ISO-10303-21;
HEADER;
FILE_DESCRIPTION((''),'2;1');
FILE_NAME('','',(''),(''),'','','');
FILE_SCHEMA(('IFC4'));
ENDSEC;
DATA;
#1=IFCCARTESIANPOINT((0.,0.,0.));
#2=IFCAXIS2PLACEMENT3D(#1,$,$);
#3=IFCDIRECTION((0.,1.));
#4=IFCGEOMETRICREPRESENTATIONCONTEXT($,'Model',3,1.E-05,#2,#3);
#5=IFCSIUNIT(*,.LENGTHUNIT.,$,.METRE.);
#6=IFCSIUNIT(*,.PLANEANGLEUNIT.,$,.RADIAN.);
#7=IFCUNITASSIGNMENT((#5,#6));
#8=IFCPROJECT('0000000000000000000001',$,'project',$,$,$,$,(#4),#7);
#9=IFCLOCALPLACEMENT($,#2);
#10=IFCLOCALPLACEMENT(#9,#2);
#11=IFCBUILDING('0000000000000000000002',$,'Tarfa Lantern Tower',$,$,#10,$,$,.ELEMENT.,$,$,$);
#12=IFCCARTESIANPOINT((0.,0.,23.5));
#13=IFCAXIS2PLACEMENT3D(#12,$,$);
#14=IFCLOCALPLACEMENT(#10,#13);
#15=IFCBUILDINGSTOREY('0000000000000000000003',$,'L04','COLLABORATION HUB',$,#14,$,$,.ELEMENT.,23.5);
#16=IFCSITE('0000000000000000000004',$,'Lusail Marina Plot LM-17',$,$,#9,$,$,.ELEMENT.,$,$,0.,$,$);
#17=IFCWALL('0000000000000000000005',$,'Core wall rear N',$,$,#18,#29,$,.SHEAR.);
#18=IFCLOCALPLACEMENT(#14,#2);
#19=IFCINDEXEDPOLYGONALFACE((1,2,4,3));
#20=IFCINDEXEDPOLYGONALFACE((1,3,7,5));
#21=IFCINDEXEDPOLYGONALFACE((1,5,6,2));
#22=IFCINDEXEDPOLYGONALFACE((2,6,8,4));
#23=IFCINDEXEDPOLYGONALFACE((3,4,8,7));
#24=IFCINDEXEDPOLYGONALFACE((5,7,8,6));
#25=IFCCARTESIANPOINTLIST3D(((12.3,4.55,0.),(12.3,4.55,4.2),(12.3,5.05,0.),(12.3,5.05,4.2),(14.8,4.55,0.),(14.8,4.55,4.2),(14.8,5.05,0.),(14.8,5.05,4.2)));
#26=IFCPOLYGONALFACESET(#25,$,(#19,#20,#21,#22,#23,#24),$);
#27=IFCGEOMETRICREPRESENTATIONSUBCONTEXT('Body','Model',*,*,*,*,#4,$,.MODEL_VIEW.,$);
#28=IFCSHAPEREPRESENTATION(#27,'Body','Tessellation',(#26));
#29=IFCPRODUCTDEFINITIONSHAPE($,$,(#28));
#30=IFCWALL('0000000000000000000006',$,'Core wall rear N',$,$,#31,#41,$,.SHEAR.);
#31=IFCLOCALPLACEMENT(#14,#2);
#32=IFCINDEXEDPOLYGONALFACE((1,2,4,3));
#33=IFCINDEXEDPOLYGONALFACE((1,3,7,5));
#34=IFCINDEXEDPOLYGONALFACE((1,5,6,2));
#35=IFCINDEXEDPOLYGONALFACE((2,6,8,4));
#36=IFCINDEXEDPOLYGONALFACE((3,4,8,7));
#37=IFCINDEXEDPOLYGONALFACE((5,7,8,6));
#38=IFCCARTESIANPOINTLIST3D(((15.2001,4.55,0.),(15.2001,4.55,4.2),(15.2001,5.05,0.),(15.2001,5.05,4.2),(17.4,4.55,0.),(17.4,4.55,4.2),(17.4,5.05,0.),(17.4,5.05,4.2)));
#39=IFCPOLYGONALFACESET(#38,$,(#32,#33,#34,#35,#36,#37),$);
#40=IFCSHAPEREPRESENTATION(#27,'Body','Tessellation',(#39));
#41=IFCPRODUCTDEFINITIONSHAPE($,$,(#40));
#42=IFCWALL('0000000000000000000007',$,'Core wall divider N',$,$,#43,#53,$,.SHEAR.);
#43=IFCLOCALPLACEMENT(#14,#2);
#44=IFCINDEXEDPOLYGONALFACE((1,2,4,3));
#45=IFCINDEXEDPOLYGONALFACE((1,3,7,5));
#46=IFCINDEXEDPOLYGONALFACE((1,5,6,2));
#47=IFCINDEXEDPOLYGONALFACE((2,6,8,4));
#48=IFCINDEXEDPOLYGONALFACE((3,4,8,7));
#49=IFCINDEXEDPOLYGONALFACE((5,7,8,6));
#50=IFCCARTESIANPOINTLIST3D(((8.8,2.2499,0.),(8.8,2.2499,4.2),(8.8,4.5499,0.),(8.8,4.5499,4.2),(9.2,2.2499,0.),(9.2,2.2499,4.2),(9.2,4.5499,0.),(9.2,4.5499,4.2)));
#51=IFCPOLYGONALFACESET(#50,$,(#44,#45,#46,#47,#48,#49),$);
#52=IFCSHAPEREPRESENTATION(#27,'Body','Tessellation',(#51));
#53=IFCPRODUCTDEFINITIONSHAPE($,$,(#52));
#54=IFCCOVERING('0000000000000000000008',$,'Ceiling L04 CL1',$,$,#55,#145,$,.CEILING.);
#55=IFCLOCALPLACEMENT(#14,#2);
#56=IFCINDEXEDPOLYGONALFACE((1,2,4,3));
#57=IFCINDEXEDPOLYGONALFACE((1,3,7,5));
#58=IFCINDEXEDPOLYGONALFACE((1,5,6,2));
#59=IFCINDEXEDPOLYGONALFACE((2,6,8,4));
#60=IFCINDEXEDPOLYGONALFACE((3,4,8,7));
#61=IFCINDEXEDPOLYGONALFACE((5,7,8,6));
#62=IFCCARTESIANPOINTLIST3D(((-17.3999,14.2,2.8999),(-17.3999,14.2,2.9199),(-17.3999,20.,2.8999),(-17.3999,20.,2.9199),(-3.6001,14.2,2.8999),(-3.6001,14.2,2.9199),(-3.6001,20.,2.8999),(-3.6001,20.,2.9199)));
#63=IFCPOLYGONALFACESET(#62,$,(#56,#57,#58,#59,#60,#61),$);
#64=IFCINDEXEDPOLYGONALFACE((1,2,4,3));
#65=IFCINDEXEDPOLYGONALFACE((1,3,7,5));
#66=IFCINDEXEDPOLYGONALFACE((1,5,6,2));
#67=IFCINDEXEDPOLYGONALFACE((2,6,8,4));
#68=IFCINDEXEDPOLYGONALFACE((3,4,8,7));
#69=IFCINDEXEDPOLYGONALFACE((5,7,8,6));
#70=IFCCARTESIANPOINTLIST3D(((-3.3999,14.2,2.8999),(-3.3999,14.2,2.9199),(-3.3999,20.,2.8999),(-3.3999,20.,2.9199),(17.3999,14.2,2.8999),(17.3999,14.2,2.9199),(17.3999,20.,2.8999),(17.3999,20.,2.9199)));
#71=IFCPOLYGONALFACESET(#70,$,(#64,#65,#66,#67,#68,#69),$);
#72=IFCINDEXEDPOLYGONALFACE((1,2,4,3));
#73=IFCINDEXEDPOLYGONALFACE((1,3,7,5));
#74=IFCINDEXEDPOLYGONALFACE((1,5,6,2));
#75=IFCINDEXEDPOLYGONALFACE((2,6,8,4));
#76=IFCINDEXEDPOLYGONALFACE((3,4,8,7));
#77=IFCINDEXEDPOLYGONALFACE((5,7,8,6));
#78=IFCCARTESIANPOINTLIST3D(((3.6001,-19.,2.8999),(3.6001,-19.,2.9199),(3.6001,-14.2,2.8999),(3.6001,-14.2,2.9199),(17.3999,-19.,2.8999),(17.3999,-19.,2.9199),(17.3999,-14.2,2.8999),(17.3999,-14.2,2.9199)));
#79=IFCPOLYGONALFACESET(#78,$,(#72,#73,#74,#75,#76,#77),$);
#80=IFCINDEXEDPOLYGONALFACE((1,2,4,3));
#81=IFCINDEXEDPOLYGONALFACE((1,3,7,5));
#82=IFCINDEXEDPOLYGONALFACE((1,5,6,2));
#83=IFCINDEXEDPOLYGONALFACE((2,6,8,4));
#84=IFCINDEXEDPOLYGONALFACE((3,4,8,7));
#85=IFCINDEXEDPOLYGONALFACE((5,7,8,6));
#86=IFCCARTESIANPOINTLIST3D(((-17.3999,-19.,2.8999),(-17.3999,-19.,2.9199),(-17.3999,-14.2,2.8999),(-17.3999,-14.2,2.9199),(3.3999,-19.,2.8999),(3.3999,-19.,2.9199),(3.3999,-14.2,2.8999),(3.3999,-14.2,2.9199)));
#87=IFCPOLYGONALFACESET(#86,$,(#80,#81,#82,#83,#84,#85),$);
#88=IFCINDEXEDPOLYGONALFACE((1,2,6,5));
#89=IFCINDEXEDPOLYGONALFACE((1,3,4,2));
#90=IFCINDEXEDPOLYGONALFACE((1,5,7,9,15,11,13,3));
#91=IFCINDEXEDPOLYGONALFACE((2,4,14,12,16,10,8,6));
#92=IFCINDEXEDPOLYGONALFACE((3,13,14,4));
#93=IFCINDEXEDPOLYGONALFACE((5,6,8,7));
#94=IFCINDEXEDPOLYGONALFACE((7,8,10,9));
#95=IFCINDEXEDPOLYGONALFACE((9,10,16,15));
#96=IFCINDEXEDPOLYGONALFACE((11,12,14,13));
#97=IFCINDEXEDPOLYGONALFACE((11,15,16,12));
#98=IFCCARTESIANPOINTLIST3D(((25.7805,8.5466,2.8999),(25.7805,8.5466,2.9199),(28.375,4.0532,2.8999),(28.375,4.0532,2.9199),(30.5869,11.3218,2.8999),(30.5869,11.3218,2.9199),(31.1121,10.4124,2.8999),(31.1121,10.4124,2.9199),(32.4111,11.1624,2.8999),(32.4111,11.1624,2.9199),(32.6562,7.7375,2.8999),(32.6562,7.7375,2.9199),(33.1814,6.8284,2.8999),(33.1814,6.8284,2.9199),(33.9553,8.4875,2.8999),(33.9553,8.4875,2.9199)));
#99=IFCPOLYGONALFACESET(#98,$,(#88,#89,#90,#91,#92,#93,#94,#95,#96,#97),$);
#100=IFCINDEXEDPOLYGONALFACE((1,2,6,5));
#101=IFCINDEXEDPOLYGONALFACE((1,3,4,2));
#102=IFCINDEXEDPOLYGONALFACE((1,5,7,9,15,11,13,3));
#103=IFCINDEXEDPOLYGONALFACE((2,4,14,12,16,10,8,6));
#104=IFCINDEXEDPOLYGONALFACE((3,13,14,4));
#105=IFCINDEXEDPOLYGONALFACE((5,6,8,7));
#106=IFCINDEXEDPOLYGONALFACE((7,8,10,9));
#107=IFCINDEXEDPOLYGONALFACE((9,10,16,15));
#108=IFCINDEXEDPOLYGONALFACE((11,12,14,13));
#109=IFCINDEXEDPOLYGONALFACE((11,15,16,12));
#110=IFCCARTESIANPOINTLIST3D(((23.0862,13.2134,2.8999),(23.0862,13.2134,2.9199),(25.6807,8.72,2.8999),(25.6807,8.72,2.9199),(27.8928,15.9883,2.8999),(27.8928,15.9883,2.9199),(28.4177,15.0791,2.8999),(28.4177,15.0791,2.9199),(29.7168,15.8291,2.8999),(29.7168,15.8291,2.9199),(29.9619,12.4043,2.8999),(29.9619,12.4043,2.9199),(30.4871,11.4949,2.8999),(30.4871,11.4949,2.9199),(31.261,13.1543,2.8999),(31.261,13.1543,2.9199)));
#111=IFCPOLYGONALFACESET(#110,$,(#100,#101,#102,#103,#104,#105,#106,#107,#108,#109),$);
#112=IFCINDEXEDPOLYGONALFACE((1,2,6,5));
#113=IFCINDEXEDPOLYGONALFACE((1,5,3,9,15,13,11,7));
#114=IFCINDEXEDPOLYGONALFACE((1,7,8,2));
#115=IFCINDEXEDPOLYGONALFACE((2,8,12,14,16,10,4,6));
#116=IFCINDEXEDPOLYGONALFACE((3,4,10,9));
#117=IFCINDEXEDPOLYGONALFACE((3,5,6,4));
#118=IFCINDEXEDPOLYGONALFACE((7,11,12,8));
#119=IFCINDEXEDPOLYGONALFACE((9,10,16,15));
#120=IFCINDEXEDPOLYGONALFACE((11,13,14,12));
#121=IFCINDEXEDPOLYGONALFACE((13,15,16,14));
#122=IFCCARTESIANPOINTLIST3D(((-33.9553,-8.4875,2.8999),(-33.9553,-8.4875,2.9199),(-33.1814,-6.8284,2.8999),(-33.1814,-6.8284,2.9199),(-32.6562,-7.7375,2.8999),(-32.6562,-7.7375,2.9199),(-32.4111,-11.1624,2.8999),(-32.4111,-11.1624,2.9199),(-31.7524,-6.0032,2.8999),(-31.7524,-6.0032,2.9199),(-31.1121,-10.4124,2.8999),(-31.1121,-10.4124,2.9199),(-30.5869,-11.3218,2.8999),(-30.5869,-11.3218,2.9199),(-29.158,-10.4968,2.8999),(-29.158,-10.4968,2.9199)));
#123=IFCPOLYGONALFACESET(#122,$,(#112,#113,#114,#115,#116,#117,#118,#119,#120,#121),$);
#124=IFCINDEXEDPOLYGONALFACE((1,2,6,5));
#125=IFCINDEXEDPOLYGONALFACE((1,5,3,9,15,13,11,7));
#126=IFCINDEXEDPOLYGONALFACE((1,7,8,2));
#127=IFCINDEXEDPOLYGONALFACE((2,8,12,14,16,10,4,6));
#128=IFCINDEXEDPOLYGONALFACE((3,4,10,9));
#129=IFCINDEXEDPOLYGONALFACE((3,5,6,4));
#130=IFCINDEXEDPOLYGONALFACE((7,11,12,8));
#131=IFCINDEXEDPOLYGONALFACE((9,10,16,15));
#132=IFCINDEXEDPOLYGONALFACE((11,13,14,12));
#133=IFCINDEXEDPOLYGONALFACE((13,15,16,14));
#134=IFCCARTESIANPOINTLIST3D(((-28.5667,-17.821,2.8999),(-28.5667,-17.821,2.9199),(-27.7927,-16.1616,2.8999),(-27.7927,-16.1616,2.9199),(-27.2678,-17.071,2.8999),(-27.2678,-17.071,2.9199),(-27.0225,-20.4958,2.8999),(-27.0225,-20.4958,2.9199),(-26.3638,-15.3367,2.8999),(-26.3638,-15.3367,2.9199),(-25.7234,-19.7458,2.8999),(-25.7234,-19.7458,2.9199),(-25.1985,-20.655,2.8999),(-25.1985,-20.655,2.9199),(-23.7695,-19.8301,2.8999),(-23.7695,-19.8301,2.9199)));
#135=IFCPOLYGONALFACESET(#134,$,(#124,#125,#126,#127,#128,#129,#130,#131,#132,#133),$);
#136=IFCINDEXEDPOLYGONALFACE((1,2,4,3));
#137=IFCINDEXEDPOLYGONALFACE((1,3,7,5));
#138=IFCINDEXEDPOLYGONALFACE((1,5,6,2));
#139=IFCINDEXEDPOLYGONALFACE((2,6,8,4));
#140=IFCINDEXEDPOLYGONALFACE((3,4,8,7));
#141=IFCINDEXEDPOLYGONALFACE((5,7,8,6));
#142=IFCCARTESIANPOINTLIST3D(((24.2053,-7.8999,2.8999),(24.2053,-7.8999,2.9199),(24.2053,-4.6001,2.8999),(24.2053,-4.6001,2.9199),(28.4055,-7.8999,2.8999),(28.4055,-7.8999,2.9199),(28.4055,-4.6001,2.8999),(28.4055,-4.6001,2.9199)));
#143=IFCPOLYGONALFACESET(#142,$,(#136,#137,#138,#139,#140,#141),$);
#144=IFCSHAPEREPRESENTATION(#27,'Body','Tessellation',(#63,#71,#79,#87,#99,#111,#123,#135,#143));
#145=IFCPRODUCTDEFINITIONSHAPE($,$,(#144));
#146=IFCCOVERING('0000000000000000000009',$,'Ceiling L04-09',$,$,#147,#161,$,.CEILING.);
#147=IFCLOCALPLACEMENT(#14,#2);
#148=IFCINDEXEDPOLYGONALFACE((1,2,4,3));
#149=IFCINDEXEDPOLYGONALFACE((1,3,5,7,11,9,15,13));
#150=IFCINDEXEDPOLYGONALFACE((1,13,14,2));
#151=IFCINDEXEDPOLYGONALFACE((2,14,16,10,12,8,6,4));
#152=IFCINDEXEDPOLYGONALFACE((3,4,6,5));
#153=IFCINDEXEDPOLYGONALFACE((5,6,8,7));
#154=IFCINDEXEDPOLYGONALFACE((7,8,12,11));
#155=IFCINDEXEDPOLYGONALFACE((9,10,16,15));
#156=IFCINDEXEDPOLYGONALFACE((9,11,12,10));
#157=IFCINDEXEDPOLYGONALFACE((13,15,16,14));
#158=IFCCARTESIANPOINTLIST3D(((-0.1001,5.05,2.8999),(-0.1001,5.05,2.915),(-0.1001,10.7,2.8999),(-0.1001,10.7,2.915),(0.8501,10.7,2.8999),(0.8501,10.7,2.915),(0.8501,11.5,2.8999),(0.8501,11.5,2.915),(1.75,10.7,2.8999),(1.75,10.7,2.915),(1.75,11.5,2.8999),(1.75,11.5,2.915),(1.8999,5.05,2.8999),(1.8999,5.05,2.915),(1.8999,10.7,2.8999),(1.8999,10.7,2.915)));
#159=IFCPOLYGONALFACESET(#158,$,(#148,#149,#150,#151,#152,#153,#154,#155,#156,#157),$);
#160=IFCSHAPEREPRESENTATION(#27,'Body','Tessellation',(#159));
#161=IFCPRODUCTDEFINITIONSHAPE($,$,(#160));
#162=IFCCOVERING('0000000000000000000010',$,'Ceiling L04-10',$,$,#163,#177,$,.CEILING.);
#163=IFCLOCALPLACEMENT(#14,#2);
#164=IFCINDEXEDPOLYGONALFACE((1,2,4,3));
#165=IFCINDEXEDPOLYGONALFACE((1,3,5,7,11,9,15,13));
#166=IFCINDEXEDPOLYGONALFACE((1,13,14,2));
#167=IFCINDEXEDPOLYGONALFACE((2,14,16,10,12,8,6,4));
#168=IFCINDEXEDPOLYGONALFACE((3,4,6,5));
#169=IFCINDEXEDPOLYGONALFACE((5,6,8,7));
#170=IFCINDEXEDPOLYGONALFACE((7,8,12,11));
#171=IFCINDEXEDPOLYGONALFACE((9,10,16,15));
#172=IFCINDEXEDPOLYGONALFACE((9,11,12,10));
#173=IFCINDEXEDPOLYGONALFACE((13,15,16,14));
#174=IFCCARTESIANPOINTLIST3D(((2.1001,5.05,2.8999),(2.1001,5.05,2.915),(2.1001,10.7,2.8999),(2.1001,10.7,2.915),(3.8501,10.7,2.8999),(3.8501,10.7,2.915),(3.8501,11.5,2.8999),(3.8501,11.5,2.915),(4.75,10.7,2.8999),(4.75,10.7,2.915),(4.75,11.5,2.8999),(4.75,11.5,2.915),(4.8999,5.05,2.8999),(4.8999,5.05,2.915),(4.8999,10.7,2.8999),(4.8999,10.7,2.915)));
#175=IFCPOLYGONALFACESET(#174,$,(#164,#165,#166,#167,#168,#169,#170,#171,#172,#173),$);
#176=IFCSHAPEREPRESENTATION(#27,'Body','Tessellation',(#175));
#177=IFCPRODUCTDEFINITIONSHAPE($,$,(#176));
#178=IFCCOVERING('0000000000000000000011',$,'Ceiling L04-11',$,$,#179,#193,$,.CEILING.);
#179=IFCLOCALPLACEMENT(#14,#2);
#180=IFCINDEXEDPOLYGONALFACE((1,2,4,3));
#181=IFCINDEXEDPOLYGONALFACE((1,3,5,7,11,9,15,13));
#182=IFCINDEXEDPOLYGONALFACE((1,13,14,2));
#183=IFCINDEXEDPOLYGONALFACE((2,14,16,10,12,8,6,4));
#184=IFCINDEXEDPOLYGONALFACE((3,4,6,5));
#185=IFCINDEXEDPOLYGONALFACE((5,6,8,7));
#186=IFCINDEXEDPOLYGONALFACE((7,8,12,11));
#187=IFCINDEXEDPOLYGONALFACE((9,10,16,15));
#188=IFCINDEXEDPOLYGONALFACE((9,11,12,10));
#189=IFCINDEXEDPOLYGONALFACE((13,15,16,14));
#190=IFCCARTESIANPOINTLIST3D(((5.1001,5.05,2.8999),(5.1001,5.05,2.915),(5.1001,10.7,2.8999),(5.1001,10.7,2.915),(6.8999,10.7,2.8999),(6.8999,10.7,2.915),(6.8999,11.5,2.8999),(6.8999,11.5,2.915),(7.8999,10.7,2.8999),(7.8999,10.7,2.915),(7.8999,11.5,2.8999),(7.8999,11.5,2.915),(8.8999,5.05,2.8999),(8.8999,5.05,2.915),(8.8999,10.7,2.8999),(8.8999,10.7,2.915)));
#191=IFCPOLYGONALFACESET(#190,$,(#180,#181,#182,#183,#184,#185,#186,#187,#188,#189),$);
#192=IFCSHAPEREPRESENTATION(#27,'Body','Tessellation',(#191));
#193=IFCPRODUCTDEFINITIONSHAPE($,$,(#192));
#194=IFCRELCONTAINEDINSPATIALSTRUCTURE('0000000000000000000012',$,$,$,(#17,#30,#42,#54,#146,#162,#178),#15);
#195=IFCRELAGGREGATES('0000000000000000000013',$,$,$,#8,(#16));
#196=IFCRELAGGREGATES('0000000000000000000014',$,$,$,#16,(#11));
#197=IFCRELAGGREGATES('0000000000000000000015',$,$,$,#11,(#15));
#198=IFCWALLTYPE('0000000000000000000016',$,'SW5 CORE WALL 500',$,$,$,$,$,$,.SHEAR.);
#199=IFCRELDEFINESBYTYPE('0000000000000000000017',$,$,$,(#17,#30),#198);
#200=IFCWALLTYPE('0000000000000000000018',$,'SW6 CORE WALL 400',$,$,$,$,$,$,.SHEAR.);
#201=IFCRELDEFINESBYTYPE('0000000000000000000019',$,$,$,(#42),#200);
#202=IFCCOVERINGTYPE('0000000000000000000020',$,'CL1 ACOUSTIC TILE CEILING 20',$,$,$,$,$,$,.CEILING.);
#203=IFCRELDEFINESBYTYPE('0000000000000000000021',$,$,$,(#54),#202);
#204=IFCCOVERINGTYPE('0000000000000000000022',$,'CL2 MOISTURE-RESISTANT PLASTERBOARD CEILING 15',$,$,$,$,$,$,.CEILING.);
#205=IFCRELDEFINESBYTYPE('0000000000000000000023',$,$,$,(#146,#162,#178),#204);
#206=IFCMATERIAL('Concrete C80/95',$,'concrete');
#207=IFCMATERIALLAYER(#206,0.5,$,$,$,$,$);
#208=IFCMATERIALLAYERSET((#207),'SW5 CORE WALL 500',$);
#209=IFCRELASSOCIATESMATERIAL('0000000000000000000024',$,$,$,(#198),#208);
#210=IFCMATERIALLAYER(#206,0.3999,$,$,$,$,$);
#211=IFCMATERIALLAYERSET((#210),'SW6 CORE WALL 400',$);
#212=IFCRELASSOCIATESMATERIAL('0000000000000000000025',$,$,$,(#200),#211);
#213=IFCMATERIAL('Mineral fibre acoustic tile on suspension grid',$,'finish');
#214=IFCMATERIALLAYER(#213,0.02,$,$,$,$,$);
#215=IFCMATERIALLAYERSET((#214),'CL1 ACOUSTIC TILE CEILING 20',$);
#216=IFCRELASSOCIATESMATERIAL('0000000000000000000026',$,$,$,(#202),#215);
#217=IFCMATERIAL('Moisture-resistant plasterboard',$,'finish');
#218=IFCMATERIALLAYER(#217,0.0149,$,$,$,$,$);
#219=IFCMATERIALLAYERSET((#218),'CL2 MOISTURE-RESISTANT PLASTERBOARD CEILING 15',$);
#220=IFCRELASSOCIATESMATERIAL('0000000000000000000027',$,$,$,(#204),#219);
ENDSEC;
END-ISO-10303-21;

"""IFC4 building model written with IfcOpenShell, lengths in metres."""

from ifc_helpers import new_model, si_unit, direction, frame, frame_2d, origin, place, context, subcontext, project, spatial, polyline, rectangle, outline, extrude, material, layer, layer_set, type_object, element, save


model = new_model("IFC4")

# Units and contexts
model_context = context("Model", 3, precision=1e-05, world=origin(), true_north=direction((0.0, 1.0)))
body_context = subcontext(model_context, "Body", "Model", "MODEL_VIEW")
ifc_project = project(units=[si_unit("LENGTHUNIT", "METRE"), si_unit("PLANEANGLEUNIT", "RADIAN")], contexts=[model_context])

# Site, building, storey
site_placement = place(None, origin())
site = spatial("IfcSite", under=ifc_project, at=site_placement, Name="Lusail Marina Plot LM-17", CompositionType="ELEMENT", RefElevation=0.0)
building_placement = place(site_placement, origin())
building = spatial("IfcBuilding", under=site, at=building_placement, Name="Tarfa Lantern Tower", CompositionType="ELEMENT")
storey_placement = place(building_placement, frame((0.0, 0.0, 23.5)))
storey = spatial("IfcBuildingStorey", under=building, at=storey_placement, Name="L04", Description="COLLABORATION HUB", CompositionType="ELEMENT", Elevation=23.5)

# Walls
ifc_material_1 = material(Name="Concrete C80/95", Category="concrete")
ifc_layer_1 = layer(ifc_material_1, 0.5)
ifc_layer_set_1 = layer_set([ifc_layer_1], Name="SW5 CORE WALL 500")
wall_type_1 = type_object("IfcWallType", Name="SW5 CORE WALL 500", PredefinedType="SHEAR", material=ifc_layer_set_1)
wall_1_placement = place(storey_placement, frame((12.3, 4.8, 0.0), z_axis=(0.0, 0.0, 1.0), x_axis=(1.0, 0.0, 0.0)))
element("IfcWall", 1, at=wall_1_placement, inside=storey, type_object=wall_type_1, Name="Core wall rear N", PredefinedType="SHEAR", context=body_context, shape_type="SweptSolid", body=[
    extrude(rectangle(XDim=2.5, YDim=0.5, at=frame_2d((1.25, 0.0))), origin(), (0.0, 0.0, 1.0), 4.2),
])
wall_2_placement = place(storey_placement, frame((15.2, 4.8, 0.0), z_axis=(0.0, 0.0, 1.0), x_axis=(1.0, 0.0, 0.0)))
element("IfcWall", 2, at=wall_2_placement, inside=storey, type_object=wall_type_1, Name="Core wall rear N", PredefinedType="SHEAR", context=body_context, shape_type="SweptSolid", body=[
    extrude(rectangle(XDim=2.2, YDim=0.5, at=frame_2d((1.1001, 0.0))), origin(), (0.0, 0.0, 1.0), 4.2),
])
ifc_layer_2 = layer(ifc_material_1, 0.3999)
ifc_layer_set_2 = layer_set([ifc_layer_2], Name="SW6 CORE WALL 400")
wall_type_2 = type_object("IfcWallType", Name="SW6 CORE WALL 400", PredefinedType="SHEAR", material=ifc_layer_set_2)
wall_3_placement = place(storey_placement, frame((9.0, 2.25, 0.0), z_axis=(0.0, 0.0, 1.0), x_axis=(0.0, 1.0, 0.0)))
element("IfcWall", 3, at=wall_3_placement, inside=storey, type_object=wall_type_2, Name="Core wall divider N", PredefinedType="SHEAR", context=body_context, shape_type="SweptSolid", body=[
    extrude(rectangle(XDim=2.3, YDim=0.3999, at=frame_2d((1.1499, 0.0))), origin(), (0.0, 0.0, 1.0), 4.2),
])

# Coverings
ifc_material_2 = material(Name="Mineral fibre acoustic tile on suspension grid", Category="finish")
ifc_layer_3 = layer(ifc_material_2, 0.02)
ifc_layer_set_3 = layer_set([ifc_layer_3], Name="CL1 ACOUSTIC TILE CEILING 20")
covering_type_1 = type_object("IfcCoveringType", Name="CL1 ACOUSTIC TILE CEILING 20", PredefinedType="CEILING", material=ifc_layer_set_3)
covering_1_placement = place(storey_placement, frame((0.0, 0.0, 2.8999)))
element("IfcCovering", 4, at=covering_1_placement, inside=storey, type_object=covering_type_1, Name="Ceiling L04 CL1", PredefinedType="CEILING", context=body_context, shape_type="SweptSolid", body=[
    extrude(outline(polyline([(-17.3999, 20.0), (-3.6001, 20.0), (-3.6001, 14.2), (-17.3999, 14.2), (-17.3999, 20.0)])), origin(), (0.0, 0.0, 1.0), 0.02),
    extrude(outline(polyline([(-3.3999, 20.0), (17.3999, 20.0), (17.3999, 14.2), (-3.3999, 14.2), (-3.3999, 20.0)])), origin(), (0.0, 0.0, 1.0), 0.02),
    extrude(outline(polyline([(3.6001, -14.2), (17.3999, -14.2), (17.3999, -19.0), (3.6001, -19.0), (3.6001, -14.2)])), origin(), (0.0, 0.0, 1.0), 0.02),
    extrude(outline(polyline([(-17.3999, -14.2), (3.3999, -14.2), (3.3999, -19.0), (-17.3999, -19.0), (-17.3999, -14.2)])), origin(), (0.0, 0.0, 1.0), 0.02),
    extrude(outline(polyline([(25.7805, 8.5466), (30.5869, 11.3218), (31.1121, 10.4124), (32.4111, 11.1624), (33.9553, 8.4875), (32.6562, 7.7375), (33.1814, 6.8284), (28.375, 4.0532), (25.7805, 8.5466)])), origin(), (0.0, 0.0, 1.0), 0.02),
    extrude(outline(polyline([(23.0862, 13.2134), (27.8928, 15.9883), (28.4177, 15.0791), (29.7168, 15.8291), (31.261, 13.1543), (29.9619, 12.4043), (30.4871, 11.4949), (25.6807, 8.72), (23.0862, 13.2134)])), origin(), (0.0, 0.0, 1.0), 0.02),
    extrude(outline(polyline([(-29.158, -10.4968), (-30.5869, -11.3218), (-31.1121, -10.4124), (-32.4111, -11.1624), (-33.9553, -8.4875), (-32.6562, -7.7375), (-33.1814, -6.8284), (-31.7524, -6.0032), (-29.158, -10.4968)])), origin(), (0.0, 0.0, 1.0), 0.02),
    extrude(outline(polyline([(-23.7695, -19.8301), (-25.1985, -20.655), (-25.7234, -19.7458), (-27.0225, -20.4958), (-28.5667, -17.821), (-27.2678, -17.071), (-27.7927, -16.1616), (-26.3638, -15.3367), (-23.7695, -19.8301)])), origin(), (0.0, 0.0, 1.0), 0.02),
    extrude(outline(polyline([(28.4055, -4.6001), (28.4055, -7.8999), (24.2053, -7.8999), (24.2053, -4.6001), (28.4055, -4.6001)])), origin(), (0.0, 0.0, 1.0), 0.02),
])
ifc_material_3 = material(Name="Moisture-resistant plasterboard", Category="finish")
ifc_layer_4 = layer(ifc_material_3, 0.0149)
ifc_layer_set_4 = layer_set([ifc_layer_4], Name="CL2 MOISTURE-RESISTANT PLASTERBOARD CEILING 15")
covering_type_2 = type_object("IfcCoveringType", Name="CL2 MOISTURE-RESISTANT PLASTERBOARD CEILING 15", PredefinedType="CEILING", material=ifc_layer_set_4)
covering_2_placement = place(storey_placement, frame((0.0, 0.0, 2.8999)))
element("IfcCovering", 5, at=covering_2_placement, inside=storey, type_object=covering_type_2, Name="Ceiling L04-09", PredefinedType="CEILING", context=body_context, shape_type="SweptSolid", body=[
    extrude(outline(polyline([(0.8501, 10.7), (-0.1001, 10.7), (-0.1001, 5.05), (1.8999, 5.05), (1.8999, 10.7), (1.75, 10.7), (1.75, 11.5), (1.75, 11.5), (0.8501, 11.5), (0.8501, 10.7)])), origin(), (0.0, 0.0, 1.0), 0.0151),
])
covering_3_placement = place(storey_placement, frame((0.0, 0.0, 2.8999)))
element("IfcCovering", 6, at=covering_3_placement, inside=storey, type_object=covering_type_2, Name="Ceiling L04-10", PredefinedType="CEILING", context=body_context, shape_type="SweptSolid", body=[
    extrude(outline(polyline([(2.1001, 5.05), (4.8999, 5.05), (4.8999, 10.7), (4.75, 10.7), (4.75, 11.5), (3.8501, 11.5), (3.8501, 10.7), (2.1001, 10.7), (2.1001, 5.05)])), origin(), (0.0, 0.0, 1.0), 0.0151),
])
covering_4_placement = place(storey_placement, frame((0.0, 0.0, 2.8999)))
element("IfcCovering", 7, at=covering_4_placement, inside=storey, type_object=covering_type_2, Name="Ceiling L04-11", PredefinedType="CEILING", context=body_context, shape_type="SweptSolid", body=[
    extrude(outline(polyline([(5.1001, 5.05), (8.8999, 5.05), (8.8999, 10.7), (7.8999, 10.7), (7.8999, 11.5), (6.8999, 11.5), (6.8999, 10.7), (5.1001, 10.7), (5.1001, 5.05)])), origin(), (0.0, 0.0, 1.0), 0.0151),
])

save(model, "model.ifc")
